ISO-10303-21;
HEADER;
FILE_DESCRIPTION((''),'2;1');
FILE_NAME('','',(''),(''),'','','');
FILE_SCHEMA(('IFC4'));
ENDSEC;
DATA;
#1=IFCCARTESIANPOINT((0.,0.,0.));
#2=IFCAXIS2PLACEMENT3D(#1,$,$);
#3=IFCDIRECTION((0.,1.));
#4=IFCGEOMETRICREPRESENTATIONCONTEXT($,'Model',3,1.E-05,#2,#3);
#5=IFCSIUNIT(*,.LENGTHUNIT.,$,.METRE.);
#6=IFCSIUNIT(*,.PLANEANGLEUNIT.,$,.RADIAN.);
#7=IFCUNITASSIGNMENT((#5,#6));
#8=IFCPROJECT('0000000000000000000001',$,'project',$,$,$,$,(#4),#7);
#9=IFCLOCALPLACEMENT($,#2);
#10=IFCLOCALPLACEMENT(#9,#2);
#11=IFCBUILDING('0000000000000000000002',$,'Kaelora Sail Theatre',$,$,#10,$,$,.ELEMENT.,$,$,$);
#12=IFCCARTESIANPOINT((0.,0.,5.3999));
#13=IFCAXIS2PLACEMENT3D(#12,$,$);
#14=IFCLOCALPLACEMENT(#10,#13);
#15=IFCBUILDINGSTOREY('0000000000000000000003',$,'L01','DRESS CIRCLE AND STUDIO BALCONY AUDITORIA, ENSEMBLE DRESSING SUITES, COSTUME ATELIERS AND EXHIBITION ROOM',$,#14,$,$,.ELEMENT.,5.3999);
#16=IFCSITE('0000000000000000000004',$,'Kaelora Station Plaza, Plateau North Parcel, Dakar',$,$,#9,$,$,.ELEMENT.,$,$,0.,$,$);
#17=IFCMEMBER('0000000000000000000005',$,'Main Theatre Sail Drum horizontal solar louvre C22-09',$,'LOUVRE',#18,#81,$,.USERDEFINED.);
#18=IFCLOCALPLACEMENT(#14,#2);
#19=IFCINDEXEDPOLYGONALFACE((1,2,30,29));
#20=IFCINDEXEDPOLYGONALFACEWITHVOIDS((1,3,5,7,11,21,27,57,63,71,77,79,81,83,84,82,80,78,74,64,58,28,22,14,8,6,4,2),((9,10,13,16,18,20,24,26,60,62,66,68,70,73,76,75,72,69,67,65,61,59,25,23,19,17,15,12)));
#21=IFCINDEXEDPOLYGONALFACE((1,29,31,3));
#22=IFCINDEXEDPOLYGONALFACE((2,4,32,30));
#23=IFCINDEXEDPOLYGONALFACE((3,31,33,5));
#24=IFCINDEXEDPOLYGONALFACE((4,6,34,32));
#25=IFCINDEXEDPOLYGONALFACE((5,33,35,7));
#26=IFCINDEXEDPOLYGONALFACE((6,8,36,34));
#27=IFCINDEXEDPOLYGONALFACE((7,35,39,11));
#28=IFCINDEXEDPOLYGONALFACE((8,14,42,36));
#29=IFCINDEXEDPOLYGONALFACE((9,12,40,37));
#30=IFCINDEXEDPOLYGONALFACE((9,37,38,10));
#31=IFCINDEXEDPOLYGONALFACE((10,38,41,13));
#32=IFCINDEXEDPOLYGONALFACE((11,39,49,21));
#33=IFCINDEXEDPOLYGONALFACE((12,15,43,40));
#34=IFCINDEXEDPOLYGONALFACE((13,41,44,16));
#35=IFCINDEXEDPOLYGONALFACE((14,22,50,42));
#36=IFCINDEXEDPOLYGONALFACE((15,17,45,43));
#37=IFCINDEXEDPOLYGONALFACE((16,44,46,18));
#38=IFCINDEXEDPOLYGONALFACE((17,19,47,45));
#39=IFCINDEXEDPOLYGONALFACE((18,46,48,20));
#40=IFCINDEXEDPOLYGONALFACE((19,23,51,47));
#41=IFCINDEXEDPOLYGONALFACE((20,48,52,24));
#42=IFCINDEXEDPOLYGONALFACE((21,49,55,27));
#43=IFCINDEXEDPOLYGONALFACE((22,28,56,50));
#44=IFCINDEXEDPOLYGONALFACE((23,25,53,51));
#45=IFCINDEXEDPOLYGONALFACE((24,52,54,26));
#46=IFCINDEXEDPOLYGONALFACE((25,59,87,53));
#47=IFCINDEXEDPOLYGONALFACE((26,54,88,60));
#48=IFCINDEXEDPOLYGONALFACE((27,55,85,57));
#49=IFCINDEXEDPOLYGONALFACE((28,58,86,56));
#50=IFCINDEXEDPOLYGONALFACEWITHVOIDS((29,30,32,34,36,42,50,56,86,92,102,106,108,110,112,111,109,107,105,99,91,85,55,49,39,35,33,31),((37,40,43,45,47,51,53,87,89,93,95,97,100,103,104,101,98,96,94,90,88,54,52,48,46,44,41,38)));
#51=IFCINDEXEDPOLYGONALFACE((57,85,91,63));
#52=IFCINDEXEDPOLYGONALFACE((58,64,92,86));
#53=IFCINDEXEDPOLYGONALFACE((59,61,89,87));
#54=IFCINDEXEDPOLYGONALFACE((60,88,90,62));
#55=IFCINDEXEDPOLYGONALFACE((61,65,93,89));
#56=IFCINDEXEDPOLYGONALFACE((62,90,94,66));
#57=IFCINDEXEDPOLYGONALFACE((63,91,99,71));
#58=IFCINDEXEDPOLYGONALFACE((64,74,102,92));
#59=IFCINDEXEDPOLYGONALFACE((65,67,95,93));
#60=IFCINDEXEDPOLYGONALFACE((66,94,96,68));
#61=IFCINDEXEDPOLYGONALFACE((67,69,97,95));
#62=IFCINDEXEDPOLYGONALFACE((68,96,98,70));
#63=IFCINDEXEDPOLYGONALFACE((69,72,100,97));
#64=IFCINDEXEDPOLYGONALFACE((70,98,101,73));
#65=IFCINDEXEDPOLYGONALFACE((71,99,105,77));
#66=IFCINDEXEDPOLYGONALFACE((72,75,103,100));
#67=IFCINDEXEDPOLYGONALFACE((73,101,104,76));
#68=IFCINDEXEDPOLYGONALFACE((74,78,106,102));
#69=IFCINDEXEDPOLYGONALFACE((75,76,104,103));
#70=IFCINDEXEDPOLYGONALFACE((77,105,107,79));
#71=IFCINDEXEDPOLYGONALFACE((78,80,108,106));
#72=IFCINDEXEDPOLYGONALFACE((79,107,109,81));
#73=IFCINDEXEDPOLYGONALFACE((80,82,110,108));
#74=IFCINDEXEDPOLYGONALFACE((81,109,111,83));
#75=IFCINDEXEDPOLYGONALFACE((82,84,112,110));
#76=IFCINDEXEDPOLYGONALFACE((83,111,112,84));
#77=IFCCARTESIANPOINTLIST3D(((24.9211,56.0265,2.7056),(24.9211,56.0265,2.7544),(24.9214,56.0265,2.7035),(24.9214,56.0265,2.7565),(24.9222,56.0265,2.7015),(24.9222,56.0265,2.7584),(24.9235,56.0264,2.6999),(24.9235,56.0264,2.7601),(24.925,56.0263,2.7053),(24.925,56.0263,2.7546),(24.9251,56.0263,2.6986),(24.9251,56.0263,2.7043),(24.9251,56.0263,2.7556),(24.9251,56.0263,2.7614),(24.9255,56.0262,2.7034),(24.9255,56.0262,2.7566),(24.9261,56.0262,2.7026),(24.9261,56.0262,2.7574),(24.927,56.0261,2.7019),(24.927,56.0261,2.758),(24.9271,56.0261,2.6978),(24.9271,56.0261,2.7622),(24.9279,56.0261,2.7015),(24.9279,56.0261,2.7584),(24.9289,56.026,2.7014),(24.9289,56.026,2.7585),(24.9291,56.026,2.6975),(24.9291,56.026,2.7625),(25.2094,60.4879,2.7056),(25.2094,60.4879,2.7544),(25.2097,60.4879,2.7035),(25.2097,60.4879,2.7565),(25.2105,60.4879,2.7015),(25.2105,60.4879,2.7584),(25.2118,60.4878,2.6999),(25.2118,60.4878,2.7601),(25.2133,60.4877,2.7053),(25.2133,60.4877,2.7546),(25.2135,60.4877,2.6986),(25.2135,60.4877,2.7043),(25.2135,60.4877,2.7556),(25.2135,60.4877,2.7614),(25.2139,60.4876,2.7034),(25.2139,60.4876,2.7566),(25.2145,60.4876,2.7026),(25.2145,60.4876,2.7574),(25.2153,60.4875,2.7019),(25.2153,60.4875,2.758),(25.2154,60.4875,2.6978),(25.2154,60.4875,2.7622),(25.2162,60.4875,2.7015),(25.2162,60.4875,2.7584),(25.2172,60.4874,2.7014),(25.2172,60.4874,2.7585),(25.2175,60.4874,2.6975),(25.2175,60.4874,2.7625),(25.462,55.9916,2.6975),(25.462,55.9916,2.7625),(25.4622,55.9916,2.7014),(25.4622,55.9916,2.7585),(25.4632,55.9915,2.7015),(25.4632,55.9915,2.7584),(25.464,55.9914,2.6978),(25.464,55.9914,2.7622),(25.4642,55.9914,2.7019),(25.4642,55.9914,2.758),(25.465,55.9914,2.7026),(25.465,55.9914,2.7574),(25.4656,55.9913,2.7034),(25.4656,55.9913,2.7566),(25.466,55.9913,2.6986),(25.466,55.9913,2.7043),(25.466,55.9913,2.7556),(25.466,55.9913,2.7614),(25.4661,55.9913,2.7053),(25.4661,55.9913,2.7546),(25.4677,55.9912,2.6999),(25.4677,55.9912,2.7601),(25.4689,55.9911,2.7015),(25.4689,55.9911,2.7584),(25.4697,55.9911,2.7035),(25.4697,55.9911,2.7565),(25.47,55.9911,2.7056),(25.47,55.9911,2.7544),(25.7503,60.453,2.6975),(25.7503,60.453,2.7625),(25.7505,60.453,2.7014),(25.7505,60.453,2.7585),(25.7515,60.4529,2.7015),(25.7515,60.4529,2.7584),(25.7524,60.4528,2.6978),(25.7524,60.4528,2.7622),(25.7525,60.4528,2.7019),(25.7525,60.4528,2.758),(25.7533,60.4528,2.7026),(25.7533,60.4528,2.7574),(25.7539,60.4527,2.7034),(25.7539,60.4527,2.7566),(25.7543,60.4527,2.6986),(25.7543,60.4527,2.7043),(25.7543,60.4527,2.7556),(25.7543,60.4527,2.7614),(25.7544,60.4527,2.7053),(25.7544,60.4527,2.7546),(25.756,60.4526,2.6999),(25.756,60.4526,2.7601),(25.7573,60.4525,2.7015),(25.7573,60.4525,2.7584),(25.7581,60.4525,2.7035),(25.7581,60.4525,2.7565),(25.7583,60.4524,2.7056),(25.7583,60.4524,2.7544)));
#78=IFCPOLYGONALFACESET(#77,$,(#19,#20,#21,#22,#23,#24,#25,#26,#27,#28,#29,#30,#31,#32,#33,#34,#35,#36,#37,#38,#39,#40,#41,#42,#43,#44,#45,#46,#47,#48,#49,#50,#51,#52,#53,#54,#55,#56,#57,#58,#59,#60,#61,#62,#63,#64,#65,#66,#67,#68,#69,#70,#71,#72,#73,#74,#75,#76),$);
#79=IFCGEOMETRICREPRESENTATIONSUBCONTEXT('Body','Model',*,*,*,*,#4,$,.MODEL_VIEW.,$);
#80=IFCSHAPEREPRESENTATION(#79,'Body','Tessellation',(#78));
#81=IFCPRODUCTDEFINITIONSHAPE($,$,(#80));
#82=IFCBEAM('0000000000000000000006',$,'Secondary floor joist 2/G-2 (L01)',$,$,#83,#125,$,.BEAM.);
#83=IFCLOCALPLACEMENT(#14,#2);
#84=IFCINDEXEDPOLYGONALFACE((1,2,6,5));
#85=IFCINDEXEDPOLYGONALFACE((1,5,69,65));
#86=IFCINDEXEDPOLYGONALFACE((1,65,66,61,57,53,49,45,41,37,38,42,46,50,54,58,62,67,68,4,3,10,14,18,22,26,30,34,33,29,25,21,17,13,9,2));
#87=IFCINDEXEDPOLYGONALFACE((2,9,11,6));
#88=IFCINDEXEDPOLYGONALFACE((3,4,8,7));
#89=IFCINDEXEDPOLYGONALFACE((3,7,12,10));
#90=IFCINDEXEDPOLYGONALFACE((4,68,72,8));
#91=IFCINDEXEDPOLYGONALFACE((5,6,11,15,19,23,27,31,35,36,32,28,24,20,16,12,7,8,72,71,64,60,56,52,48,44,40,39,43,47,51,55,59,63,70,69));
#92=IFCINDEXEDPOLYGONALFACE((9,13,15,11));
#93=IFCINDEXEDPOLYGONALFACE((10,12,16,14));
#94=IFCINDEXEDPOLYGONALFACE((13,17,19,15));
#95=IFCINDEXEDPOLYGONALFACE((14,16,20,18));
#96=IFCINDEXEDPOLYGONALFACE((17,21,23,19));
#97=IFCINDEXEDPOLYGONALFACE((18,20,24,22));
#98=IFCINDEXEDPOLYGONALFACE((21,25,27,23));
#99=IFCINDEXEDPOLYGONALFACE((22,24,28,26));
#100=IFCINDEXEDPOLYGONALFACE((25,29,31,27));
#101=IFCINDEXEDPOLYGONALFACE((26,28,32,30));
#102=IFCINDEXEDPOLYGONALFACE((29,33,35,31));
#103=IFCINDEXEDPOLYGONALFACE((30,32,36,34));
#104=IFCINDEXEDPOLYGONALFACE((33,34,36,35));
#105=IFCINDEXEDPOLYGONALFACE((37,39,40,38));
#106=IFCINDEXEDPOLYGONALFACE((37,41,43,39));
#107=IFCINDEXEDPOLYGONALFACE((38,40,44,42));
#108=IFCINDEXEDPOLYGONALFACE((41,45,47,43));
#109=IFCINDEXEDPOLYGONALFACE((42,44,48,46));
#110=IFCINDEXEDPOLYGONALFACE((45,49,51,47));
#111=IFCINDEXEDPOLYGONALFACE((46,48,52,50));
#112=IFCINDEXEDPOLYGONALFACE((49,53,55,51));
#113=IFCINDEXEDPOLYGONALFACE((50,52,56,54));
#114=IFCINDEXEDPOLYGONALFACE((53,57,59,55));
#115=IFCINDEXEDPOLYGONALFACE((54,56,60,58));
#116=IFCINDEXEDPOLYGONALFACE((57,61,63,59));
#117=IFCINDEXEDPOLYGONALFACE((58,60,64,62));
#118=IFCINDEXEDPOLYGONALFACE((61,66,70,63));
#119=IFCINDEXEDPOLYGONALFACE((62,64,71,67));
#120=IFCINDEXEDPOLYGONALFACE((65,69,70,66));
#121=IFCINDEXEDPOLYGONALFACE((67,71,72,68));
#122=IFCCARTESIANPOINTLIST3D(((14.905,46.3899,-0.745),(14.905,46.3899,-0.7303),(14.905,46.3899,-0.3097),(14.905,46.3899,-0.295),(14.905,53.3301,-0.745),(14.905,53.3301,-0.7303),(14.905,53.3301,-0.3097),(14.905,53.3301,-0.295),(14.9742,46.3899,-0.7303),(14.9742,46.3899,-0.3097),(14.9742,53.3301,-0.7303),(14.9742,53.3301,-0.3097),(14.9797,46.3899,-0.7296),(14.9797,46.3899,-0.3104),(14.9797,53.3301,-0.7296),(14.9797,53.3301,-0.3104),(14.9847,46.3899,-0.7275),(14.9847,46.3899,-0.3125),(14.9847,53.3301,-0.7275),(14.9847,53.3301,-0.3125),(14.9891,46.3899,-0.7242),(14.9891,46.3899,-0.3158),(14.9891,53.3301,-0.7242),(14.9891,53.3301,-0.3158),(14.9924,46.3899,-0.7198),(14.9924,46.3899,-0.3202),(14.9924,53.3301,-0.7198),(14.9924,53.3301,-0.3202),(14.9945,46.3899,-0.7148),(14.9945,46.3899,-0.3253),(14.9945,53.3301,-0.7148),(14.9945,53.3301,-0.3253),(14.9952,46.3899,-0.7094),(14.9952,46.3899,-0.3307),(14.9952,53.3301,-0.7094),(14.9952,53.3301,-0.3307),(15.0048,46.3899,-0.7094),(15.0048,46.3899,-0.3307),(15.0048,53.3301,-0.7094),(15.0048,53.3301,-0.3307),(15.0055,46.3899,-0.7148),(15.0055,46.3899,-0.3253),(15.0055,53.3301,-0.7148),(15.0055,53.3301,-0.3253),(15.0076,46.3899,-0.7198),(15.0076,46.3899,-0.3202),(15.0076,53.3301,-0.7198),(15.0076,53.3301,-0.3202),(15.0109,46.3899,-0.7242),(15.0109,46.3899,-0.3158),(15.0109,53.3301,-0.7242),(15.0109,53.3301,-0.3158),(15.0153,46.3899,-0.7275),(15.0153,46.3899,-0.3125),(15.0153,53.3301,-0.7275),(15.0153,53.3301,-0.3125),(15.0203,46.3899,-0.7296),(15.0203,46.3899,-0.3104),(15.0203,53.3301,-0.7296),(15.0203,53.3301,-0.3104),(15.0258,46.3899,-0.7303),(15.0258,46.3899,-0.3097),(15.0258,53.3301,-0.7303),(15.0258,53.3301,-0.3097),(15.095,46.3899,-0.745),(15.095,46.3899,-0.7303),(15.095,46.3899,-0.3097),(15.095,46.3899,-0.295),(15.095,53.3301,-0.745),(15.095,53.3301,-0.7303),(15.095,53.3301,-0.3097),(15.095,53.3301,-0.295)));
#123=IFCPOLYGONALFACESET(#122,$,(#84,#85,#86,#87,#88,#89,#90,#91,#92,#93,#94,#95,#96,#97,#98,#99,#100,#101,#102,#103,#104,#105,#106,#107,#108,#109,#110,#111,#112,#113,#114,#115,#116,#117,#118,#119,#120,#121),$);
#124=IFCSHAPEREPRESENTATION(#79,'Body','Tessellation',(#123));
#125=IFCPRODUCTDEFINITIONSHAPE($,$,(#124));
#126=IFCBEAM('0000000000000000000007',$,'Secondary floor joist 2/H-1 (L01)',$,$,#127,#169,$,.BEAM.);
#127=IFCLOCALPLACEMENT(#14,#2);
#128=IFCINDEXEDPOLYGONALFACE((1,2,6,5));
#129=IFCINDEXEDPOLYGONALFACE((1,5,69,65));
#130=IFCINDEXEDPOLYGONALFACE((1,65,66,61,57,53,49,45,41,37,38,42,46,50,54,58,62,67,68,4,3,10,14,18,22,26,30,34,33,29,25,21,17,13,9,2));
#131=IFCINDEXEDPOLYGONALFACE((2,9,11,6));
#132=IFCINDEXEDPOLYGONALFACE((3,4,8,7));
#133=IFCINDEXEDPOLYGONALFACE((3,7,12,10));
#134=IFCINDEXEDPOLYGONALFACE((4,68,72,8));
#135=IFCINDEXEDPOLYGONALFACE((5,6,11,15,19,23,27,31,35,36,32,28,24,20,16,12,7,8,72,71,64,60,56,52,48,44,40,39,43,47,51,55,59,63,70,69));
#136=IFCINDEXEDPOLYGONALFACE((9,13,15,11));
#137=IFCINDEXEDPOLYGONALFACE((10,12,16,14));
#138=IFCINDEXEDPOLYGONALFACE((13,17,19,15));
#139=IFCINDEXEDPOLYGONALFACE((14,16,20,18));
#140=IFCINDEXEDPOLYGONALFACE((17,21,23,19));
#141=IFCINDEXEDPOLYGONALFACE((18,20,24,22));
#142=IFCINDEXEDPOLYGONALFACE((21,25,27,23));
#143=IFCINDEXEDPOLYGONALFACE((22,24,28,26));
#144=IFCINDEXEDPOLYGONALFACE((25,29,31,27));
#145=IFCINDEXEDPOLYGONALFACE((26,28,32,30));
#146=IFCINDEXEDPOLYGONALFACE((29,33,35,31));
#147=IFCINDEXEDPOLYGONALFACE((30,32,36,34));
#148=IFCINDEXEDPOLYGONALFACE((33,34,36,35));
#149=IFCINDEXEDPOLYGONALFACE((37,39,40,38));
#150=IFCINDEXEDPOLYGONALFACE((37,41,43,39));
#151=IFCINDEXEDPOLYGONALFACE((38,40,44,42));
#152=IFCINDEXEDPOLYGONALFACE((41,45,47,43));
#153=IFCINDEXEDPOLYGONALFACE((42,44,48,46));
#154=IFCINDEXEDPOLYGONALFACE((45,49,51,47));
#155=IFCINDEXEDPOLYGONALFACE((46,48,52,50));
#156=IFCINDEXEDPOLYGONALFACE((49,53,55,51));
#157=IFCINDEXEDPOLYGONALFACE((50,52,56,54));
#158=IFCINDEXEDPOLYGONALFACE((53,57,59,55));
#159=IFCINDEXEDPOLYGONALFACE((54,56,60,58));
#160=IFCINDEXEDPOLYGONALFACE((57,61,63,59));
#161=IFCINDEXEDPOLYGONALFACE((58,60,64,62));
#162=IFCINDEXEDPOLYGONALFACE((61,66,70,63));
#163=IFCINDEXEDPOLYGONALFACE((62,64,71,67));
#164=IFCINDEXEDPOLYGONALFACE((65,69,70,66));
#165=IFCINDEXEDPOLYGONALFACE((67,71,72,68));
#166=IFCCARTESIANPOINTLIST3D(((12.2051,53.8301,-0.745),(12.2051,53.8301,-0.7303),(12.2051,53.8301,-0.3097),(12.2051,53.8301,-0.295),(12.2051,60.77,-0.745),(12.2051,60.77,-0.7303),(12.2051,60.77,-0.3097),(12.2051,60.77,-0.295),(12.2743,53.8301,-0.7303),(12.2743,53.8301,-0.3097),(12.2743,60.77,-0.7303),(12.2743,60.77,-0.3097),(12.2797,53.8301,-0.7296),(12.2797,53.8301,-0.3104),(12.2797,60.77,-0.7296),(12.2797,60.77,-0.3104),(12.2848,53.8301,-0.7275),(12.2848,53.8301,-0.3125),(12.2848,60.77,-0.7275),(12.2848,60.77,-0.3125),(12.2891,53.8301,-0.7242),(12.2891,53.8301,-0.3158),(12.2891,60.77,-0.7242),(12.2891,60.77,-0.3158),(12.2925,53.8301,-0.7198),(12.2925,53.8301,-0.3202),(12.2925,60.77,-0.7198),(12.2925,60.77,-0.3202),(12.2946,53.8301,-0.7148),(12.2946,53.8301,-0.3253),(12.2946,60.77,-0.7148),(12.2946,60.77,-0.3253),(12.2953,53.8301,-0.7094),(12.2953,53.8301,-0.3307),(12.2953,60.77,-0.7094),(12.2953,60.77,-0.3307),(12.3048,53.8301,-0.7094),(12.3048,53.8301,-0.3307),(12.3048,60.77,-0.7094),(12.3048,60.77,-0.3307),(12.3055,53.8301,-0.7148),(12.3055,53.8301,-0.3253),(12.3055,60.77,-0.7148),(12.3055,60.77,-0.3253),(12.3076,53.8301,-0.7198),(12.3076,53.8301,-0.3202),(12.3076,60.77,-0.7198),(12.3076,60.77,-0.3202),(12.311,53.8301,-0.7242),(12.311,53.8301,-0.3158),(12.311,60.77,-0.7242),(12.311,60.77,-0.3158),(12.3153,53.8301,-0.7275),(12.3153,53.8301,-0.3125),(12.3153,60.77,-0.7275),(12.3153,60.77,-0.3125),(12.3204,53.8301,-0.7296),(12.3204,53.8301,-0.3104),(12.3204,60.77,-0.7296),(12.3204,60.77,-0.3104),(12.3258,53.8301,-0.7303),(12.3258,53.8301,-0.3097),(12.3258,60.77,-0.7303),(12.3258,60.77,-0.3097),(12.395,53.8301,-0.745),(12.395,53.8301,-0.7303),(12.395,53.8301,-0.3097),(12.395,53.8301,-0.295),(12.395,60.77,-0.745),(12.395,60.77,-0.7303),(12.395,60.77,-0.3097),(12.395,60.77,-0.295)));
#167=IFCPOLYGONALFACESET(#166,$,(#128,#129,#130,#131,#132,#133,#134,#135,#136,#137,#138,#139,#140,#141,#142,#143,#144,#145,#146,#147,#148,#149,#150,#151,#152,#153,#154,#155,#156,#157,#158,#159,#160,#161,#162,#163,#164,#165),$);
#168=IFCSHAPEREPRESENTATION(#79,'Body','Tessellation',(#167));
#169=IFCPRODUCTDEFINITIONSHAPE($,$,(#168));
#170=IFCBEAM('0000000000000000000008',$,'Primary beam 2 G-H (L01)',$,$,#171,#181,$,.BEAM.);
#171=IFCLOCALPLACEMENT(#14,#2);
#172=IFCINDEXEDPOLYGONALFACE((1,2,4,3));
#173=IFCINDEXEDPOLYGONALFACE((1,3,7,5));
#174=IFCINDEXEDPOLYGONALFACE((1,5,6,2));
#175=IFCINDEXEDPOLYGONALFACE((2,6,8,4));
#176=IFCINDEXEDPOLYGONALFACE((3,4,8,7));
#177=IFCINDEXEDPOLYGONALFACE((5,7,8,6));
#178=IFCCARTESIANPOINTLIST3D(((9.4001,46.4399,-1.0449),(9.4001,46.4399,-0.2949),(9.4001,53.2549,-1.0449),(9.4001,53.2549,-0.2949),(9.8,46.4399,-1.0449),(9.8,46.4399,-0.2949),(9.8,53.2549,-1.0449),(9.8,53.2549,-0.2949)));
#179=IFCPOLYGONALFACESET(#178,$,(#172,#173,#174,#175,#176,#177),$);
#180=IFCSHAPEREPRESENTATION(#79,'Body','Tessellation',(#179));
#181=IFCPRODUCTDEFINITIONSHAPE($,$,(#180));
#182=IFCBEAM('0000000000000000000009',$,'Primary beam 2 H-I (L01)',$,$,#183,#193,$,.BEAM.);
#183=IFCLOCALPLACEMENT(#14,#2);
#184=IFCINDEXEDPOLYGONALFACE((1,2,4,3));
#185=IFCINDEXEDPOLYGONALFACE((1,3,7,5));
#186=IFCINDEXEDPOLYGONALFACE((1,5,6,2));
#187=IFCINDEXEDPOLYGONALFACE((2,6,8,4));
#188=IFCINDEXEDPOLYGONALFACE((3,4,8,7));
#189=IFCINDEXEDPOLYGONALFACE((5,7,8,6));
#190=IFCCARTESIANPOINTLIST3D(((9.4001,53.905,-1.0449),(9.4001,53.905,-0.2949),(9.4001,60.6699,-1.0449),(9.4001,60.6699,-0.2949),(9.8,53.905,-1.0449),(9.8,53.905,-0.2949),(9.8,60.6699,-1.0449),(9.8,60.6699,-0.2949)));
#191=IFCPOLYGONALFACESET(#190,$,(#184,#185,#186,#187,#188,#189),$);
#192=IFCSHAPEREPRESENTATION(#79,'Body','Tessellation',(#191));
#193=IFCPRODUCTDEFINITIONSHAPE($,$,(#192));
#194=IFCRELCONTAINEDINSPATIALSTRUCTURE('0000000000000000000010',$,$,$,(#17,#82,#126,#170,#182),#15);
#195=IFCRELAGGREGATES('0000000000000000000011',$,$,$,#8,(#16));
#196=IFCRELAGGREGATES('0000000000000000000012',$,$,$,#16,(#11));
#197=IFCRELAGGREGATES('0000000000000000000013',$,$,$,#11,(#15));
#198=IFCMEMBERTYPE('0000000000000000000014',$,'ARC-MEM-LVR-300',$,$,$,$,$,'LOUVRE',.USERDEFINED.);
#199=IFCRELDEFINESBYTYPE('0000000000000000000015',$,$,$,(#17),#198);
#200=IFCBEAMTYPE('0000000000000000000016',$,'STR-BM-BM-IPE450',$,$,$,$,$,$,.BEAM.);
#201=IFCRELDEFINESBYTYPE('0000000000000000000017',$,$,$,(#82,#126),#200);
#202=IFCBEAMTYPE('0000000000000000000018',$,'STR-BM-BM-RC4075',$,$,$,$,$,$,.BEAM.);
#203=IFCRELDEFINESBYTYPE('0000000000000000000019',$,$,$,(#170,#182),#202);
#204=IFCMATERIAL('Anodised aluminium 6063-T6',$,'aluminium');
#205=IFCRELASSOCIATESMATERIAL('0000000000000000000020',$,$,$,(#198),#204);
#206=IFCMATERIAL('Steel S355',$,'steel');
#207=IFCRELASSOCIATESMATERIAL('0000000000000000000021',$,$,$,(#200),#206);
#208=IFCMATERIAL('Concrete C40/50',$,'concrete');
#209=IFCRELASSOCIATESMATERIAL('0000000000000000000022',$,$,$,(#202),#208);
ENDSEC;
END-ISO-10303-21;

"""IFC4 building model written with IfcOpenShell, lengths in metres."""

from ifc_helpers import new_model, si_unit, direction, frame, origin, origin_2d, place, context, subcontext, project, spatial, rectangle, hollow_rectangle, i_section, extrude, material, material_profile, profile_set, type_object, element, save


model = new_model("IFC4")

# Units and contexts
model_context = context("Model", 3, precision=1e-05, world=origin(), true_north=direction((0.0, 1.0)))
body_context = subcontext(model_context, "Body", "Model", "MODEL_VIEW")
ifc_project = project(units=[si_unit("LENGTHUNIT", "METRE"), si_unit("PLANEANGLEUNIT", "RADIAN")], contexts=[model_context])

# Site, building, storey
site_placement = place(None, origin())
site = spatial("IfcSite", under=ifc_project, at=site_placement, Name="Kaelora Station Plaza, Plateau North Parcel, Dakar", CompositionType="ELEMENT", RefElevation=0.0)
building_placement = place(site_placement, origin())
building = spatial("IfcBuilding", under=site, at=building_placement, Name="Kaelora Sail Theatre", CompositionType="ELEMENT")
storey_placement = place(building_placement, frame((0.0, 0.0, 5.3999)))
storey = spatial("IfcBuildingStorey", under=building, at=storey_placement, Name="L01", Description="DRESS CIRCLE AND STUDIO BALCONY AUDITORIA, ENSEMBLE DRESSING SUITES, COSTUME ATELIERS AND EXHIBITION ROOM", CompositionType="ELEMENT", Elevation=5.3999)

# Member
ifc_material_1 = material(Name="Anodised aluminium 6063-T6", Category="aluminium")
ifc_material_profile_1 = material_profile(ifc_material_1, hollow_rectangle(XDim=0.55, YDim=0.0649, WallThickness=0.0039, InnerFilletRadius=0.0039, OuterFilletRadius=0.0081, at=origin_2d()), Name="LOUVRE 550x65x4")
ifc_profile_set_1 = profile_set([ifc_material_profile_1], Name="Anodised aluminium 6063-T6")
member_type = type_object("IfcMemberType", Name="ARC-MEM-LVR-300", ElementType="LOUVRE", PredefinedType="USERDEFINED", material=ifc_profile_set_1)
for number, where, z_axis, x_axis, name in (
    (1, (25.1956, 56.0088, 2.73), (0.064493, 0.997918, 0.0), (-0.997918, 0.064493, 0.0), "Main Theatre Sail Drum horizontal solar louvre C22-09"),
):
    element("IfcMember", number, at=place(storey_placement, frame(where, z_axis=z_axis, x_axis=x_axis)), inside=storey, type_object=member_type, Name=name, ObjectType="LOUVRE", PredefinedType="USERDEFINED", context=body_context, shape_type="SweptSolid", body=[
        extrude(hollow_rectangle(XDim=0.55, YDim=0.0649, WallThickness=0.0039, InnerFilletRadius=0.0039, OuterFilletRadius=0.0081, at=origin_2d()), origin(), (0.0, 0.0, 1.0), 4.4707),
    ])

# Beams
ifc_material_2 = material(Name="Steel S355", Category="steel")
ifc_material_profile_2 = material_profile(ifc_material_2, i_section(OverallWidth=0.1899, OverallDepth=0.45, WebThickness=0.0095, FlangeThickness=0.0146, FilletRadius=0.021, at=origin_2d()), Name="IPE 450")
ifc_profile_set_2 = profile_set([ifc_material_profile_2], Name="Steel S355")
beam_type_1 = type_object("IfcBeamType", Name="STR-BM-BM-IPE450", PredefinedType="BEAM", material=ifc_profile_set_2)
beam_1_placement = place(storey_placement, frame((15.0, 46.3899, -0.52), z_axis=(0.0, 1.0, 0.0), x_axis=(-1.0, 0.0, 0.0)))
element("IfcBeam", 2, at=beam_1_placement, inside=storey, type_object=beam_type_1, Name="Secondary floor joist 2/G-2 (L01)", PredefinedType="BEAM", context=body_context, shape_type="SweptSolid", body=[
    extrude(i_section(OverallWidth=0.1899, OverallDepth=0.45, WebThickness=0.0095, FlangeThickness=0.0146, FilletRadius=0.021, at=origin_2d()), origin(), (0.0, 0.0, 1.0), 6.9402),
])
beam_2_placement = place(storey_placement, frame((12.3, 53.8301, -0.52), z_axis=(0.0, 1.0, 0.0), x_axis=(-1.0, 0.0, 0.0)))
element("IfcBeam", 3, at=beam_2_placement, inside=storey, type_object=beam_type_1, Name="Secondary floor joist 2/H-1 (L01)", PredefinedType="BEAM", context=body_context, shape_type="SweptSolid", body=[
    extrude(i_section(OverallWidth=0.1899, OverallDepth=0.45, WebThickness=0.0095, FlangeThickness=0.0146, FilletRadius=0.021, at=origin_2d()), origin(), (0.0, 0.0, 1.0), 6.9399),
])
ifc_material_3 = material(Name="Concrete C40/50", Category="concrete")
ifc_material_profile_3 = material_profile(ifc_material_3, rectangle(XDim=0.3999, YDim=0.75, at=origin_2d()), Name="RC-BM 400x750")
ifc_profile_set_3 = profile_set([ifc_material_profile_3], Name="Concrete C40/50")
beam_type_2 = type_object("IfcBeamType", Name="STR-BM-BM-RC4075", PredefinedType="BEAM", material=ifc_profile_set_3)
beam_3_placement = place(storey_placement, frame((9.6001, 46.4399, -0.6699), z_axis=(0.0, 1.0, 0.0), x_axis=(-1.0, 0.0, 0.0)))
element("IfcBeam", 4, at=beam_3_placement, inside=storey, type_object=beam_type_2, Name="Primary beam 2 G-H (L01)", PredefinedType="BEAM", context=body_context, shape_type="SweptSolid", body=[
    extrude(rectangle(XDim=0.3999, YDim=0.75, at=origin_2d()), origin(), (0.0, 0.0, 1.0), 6.8149),
])
beam_4_placement = place(storey_placement, frame((9.6001, 53.905, -0.6699), z_axis=(0.0, 1.0, 0.0), x_axis=(-1.0, 0.0, 0.0)))
element("IfcBeam", 5, at=beam_4_placement, inside=storey, type_object=beam_type_2, Name="Primary beam 2 H-I (L01)", PredefinedType="BEAM", context=body_context, shape_type="SweptSolid", body=[
    extrude(rectangle(XDim=0.3999, YDim=0.75, at=origin_2d()), origin(), (0.0, 0.0, 1.0), 6.7649),
])

save(model, "model.ifc")
